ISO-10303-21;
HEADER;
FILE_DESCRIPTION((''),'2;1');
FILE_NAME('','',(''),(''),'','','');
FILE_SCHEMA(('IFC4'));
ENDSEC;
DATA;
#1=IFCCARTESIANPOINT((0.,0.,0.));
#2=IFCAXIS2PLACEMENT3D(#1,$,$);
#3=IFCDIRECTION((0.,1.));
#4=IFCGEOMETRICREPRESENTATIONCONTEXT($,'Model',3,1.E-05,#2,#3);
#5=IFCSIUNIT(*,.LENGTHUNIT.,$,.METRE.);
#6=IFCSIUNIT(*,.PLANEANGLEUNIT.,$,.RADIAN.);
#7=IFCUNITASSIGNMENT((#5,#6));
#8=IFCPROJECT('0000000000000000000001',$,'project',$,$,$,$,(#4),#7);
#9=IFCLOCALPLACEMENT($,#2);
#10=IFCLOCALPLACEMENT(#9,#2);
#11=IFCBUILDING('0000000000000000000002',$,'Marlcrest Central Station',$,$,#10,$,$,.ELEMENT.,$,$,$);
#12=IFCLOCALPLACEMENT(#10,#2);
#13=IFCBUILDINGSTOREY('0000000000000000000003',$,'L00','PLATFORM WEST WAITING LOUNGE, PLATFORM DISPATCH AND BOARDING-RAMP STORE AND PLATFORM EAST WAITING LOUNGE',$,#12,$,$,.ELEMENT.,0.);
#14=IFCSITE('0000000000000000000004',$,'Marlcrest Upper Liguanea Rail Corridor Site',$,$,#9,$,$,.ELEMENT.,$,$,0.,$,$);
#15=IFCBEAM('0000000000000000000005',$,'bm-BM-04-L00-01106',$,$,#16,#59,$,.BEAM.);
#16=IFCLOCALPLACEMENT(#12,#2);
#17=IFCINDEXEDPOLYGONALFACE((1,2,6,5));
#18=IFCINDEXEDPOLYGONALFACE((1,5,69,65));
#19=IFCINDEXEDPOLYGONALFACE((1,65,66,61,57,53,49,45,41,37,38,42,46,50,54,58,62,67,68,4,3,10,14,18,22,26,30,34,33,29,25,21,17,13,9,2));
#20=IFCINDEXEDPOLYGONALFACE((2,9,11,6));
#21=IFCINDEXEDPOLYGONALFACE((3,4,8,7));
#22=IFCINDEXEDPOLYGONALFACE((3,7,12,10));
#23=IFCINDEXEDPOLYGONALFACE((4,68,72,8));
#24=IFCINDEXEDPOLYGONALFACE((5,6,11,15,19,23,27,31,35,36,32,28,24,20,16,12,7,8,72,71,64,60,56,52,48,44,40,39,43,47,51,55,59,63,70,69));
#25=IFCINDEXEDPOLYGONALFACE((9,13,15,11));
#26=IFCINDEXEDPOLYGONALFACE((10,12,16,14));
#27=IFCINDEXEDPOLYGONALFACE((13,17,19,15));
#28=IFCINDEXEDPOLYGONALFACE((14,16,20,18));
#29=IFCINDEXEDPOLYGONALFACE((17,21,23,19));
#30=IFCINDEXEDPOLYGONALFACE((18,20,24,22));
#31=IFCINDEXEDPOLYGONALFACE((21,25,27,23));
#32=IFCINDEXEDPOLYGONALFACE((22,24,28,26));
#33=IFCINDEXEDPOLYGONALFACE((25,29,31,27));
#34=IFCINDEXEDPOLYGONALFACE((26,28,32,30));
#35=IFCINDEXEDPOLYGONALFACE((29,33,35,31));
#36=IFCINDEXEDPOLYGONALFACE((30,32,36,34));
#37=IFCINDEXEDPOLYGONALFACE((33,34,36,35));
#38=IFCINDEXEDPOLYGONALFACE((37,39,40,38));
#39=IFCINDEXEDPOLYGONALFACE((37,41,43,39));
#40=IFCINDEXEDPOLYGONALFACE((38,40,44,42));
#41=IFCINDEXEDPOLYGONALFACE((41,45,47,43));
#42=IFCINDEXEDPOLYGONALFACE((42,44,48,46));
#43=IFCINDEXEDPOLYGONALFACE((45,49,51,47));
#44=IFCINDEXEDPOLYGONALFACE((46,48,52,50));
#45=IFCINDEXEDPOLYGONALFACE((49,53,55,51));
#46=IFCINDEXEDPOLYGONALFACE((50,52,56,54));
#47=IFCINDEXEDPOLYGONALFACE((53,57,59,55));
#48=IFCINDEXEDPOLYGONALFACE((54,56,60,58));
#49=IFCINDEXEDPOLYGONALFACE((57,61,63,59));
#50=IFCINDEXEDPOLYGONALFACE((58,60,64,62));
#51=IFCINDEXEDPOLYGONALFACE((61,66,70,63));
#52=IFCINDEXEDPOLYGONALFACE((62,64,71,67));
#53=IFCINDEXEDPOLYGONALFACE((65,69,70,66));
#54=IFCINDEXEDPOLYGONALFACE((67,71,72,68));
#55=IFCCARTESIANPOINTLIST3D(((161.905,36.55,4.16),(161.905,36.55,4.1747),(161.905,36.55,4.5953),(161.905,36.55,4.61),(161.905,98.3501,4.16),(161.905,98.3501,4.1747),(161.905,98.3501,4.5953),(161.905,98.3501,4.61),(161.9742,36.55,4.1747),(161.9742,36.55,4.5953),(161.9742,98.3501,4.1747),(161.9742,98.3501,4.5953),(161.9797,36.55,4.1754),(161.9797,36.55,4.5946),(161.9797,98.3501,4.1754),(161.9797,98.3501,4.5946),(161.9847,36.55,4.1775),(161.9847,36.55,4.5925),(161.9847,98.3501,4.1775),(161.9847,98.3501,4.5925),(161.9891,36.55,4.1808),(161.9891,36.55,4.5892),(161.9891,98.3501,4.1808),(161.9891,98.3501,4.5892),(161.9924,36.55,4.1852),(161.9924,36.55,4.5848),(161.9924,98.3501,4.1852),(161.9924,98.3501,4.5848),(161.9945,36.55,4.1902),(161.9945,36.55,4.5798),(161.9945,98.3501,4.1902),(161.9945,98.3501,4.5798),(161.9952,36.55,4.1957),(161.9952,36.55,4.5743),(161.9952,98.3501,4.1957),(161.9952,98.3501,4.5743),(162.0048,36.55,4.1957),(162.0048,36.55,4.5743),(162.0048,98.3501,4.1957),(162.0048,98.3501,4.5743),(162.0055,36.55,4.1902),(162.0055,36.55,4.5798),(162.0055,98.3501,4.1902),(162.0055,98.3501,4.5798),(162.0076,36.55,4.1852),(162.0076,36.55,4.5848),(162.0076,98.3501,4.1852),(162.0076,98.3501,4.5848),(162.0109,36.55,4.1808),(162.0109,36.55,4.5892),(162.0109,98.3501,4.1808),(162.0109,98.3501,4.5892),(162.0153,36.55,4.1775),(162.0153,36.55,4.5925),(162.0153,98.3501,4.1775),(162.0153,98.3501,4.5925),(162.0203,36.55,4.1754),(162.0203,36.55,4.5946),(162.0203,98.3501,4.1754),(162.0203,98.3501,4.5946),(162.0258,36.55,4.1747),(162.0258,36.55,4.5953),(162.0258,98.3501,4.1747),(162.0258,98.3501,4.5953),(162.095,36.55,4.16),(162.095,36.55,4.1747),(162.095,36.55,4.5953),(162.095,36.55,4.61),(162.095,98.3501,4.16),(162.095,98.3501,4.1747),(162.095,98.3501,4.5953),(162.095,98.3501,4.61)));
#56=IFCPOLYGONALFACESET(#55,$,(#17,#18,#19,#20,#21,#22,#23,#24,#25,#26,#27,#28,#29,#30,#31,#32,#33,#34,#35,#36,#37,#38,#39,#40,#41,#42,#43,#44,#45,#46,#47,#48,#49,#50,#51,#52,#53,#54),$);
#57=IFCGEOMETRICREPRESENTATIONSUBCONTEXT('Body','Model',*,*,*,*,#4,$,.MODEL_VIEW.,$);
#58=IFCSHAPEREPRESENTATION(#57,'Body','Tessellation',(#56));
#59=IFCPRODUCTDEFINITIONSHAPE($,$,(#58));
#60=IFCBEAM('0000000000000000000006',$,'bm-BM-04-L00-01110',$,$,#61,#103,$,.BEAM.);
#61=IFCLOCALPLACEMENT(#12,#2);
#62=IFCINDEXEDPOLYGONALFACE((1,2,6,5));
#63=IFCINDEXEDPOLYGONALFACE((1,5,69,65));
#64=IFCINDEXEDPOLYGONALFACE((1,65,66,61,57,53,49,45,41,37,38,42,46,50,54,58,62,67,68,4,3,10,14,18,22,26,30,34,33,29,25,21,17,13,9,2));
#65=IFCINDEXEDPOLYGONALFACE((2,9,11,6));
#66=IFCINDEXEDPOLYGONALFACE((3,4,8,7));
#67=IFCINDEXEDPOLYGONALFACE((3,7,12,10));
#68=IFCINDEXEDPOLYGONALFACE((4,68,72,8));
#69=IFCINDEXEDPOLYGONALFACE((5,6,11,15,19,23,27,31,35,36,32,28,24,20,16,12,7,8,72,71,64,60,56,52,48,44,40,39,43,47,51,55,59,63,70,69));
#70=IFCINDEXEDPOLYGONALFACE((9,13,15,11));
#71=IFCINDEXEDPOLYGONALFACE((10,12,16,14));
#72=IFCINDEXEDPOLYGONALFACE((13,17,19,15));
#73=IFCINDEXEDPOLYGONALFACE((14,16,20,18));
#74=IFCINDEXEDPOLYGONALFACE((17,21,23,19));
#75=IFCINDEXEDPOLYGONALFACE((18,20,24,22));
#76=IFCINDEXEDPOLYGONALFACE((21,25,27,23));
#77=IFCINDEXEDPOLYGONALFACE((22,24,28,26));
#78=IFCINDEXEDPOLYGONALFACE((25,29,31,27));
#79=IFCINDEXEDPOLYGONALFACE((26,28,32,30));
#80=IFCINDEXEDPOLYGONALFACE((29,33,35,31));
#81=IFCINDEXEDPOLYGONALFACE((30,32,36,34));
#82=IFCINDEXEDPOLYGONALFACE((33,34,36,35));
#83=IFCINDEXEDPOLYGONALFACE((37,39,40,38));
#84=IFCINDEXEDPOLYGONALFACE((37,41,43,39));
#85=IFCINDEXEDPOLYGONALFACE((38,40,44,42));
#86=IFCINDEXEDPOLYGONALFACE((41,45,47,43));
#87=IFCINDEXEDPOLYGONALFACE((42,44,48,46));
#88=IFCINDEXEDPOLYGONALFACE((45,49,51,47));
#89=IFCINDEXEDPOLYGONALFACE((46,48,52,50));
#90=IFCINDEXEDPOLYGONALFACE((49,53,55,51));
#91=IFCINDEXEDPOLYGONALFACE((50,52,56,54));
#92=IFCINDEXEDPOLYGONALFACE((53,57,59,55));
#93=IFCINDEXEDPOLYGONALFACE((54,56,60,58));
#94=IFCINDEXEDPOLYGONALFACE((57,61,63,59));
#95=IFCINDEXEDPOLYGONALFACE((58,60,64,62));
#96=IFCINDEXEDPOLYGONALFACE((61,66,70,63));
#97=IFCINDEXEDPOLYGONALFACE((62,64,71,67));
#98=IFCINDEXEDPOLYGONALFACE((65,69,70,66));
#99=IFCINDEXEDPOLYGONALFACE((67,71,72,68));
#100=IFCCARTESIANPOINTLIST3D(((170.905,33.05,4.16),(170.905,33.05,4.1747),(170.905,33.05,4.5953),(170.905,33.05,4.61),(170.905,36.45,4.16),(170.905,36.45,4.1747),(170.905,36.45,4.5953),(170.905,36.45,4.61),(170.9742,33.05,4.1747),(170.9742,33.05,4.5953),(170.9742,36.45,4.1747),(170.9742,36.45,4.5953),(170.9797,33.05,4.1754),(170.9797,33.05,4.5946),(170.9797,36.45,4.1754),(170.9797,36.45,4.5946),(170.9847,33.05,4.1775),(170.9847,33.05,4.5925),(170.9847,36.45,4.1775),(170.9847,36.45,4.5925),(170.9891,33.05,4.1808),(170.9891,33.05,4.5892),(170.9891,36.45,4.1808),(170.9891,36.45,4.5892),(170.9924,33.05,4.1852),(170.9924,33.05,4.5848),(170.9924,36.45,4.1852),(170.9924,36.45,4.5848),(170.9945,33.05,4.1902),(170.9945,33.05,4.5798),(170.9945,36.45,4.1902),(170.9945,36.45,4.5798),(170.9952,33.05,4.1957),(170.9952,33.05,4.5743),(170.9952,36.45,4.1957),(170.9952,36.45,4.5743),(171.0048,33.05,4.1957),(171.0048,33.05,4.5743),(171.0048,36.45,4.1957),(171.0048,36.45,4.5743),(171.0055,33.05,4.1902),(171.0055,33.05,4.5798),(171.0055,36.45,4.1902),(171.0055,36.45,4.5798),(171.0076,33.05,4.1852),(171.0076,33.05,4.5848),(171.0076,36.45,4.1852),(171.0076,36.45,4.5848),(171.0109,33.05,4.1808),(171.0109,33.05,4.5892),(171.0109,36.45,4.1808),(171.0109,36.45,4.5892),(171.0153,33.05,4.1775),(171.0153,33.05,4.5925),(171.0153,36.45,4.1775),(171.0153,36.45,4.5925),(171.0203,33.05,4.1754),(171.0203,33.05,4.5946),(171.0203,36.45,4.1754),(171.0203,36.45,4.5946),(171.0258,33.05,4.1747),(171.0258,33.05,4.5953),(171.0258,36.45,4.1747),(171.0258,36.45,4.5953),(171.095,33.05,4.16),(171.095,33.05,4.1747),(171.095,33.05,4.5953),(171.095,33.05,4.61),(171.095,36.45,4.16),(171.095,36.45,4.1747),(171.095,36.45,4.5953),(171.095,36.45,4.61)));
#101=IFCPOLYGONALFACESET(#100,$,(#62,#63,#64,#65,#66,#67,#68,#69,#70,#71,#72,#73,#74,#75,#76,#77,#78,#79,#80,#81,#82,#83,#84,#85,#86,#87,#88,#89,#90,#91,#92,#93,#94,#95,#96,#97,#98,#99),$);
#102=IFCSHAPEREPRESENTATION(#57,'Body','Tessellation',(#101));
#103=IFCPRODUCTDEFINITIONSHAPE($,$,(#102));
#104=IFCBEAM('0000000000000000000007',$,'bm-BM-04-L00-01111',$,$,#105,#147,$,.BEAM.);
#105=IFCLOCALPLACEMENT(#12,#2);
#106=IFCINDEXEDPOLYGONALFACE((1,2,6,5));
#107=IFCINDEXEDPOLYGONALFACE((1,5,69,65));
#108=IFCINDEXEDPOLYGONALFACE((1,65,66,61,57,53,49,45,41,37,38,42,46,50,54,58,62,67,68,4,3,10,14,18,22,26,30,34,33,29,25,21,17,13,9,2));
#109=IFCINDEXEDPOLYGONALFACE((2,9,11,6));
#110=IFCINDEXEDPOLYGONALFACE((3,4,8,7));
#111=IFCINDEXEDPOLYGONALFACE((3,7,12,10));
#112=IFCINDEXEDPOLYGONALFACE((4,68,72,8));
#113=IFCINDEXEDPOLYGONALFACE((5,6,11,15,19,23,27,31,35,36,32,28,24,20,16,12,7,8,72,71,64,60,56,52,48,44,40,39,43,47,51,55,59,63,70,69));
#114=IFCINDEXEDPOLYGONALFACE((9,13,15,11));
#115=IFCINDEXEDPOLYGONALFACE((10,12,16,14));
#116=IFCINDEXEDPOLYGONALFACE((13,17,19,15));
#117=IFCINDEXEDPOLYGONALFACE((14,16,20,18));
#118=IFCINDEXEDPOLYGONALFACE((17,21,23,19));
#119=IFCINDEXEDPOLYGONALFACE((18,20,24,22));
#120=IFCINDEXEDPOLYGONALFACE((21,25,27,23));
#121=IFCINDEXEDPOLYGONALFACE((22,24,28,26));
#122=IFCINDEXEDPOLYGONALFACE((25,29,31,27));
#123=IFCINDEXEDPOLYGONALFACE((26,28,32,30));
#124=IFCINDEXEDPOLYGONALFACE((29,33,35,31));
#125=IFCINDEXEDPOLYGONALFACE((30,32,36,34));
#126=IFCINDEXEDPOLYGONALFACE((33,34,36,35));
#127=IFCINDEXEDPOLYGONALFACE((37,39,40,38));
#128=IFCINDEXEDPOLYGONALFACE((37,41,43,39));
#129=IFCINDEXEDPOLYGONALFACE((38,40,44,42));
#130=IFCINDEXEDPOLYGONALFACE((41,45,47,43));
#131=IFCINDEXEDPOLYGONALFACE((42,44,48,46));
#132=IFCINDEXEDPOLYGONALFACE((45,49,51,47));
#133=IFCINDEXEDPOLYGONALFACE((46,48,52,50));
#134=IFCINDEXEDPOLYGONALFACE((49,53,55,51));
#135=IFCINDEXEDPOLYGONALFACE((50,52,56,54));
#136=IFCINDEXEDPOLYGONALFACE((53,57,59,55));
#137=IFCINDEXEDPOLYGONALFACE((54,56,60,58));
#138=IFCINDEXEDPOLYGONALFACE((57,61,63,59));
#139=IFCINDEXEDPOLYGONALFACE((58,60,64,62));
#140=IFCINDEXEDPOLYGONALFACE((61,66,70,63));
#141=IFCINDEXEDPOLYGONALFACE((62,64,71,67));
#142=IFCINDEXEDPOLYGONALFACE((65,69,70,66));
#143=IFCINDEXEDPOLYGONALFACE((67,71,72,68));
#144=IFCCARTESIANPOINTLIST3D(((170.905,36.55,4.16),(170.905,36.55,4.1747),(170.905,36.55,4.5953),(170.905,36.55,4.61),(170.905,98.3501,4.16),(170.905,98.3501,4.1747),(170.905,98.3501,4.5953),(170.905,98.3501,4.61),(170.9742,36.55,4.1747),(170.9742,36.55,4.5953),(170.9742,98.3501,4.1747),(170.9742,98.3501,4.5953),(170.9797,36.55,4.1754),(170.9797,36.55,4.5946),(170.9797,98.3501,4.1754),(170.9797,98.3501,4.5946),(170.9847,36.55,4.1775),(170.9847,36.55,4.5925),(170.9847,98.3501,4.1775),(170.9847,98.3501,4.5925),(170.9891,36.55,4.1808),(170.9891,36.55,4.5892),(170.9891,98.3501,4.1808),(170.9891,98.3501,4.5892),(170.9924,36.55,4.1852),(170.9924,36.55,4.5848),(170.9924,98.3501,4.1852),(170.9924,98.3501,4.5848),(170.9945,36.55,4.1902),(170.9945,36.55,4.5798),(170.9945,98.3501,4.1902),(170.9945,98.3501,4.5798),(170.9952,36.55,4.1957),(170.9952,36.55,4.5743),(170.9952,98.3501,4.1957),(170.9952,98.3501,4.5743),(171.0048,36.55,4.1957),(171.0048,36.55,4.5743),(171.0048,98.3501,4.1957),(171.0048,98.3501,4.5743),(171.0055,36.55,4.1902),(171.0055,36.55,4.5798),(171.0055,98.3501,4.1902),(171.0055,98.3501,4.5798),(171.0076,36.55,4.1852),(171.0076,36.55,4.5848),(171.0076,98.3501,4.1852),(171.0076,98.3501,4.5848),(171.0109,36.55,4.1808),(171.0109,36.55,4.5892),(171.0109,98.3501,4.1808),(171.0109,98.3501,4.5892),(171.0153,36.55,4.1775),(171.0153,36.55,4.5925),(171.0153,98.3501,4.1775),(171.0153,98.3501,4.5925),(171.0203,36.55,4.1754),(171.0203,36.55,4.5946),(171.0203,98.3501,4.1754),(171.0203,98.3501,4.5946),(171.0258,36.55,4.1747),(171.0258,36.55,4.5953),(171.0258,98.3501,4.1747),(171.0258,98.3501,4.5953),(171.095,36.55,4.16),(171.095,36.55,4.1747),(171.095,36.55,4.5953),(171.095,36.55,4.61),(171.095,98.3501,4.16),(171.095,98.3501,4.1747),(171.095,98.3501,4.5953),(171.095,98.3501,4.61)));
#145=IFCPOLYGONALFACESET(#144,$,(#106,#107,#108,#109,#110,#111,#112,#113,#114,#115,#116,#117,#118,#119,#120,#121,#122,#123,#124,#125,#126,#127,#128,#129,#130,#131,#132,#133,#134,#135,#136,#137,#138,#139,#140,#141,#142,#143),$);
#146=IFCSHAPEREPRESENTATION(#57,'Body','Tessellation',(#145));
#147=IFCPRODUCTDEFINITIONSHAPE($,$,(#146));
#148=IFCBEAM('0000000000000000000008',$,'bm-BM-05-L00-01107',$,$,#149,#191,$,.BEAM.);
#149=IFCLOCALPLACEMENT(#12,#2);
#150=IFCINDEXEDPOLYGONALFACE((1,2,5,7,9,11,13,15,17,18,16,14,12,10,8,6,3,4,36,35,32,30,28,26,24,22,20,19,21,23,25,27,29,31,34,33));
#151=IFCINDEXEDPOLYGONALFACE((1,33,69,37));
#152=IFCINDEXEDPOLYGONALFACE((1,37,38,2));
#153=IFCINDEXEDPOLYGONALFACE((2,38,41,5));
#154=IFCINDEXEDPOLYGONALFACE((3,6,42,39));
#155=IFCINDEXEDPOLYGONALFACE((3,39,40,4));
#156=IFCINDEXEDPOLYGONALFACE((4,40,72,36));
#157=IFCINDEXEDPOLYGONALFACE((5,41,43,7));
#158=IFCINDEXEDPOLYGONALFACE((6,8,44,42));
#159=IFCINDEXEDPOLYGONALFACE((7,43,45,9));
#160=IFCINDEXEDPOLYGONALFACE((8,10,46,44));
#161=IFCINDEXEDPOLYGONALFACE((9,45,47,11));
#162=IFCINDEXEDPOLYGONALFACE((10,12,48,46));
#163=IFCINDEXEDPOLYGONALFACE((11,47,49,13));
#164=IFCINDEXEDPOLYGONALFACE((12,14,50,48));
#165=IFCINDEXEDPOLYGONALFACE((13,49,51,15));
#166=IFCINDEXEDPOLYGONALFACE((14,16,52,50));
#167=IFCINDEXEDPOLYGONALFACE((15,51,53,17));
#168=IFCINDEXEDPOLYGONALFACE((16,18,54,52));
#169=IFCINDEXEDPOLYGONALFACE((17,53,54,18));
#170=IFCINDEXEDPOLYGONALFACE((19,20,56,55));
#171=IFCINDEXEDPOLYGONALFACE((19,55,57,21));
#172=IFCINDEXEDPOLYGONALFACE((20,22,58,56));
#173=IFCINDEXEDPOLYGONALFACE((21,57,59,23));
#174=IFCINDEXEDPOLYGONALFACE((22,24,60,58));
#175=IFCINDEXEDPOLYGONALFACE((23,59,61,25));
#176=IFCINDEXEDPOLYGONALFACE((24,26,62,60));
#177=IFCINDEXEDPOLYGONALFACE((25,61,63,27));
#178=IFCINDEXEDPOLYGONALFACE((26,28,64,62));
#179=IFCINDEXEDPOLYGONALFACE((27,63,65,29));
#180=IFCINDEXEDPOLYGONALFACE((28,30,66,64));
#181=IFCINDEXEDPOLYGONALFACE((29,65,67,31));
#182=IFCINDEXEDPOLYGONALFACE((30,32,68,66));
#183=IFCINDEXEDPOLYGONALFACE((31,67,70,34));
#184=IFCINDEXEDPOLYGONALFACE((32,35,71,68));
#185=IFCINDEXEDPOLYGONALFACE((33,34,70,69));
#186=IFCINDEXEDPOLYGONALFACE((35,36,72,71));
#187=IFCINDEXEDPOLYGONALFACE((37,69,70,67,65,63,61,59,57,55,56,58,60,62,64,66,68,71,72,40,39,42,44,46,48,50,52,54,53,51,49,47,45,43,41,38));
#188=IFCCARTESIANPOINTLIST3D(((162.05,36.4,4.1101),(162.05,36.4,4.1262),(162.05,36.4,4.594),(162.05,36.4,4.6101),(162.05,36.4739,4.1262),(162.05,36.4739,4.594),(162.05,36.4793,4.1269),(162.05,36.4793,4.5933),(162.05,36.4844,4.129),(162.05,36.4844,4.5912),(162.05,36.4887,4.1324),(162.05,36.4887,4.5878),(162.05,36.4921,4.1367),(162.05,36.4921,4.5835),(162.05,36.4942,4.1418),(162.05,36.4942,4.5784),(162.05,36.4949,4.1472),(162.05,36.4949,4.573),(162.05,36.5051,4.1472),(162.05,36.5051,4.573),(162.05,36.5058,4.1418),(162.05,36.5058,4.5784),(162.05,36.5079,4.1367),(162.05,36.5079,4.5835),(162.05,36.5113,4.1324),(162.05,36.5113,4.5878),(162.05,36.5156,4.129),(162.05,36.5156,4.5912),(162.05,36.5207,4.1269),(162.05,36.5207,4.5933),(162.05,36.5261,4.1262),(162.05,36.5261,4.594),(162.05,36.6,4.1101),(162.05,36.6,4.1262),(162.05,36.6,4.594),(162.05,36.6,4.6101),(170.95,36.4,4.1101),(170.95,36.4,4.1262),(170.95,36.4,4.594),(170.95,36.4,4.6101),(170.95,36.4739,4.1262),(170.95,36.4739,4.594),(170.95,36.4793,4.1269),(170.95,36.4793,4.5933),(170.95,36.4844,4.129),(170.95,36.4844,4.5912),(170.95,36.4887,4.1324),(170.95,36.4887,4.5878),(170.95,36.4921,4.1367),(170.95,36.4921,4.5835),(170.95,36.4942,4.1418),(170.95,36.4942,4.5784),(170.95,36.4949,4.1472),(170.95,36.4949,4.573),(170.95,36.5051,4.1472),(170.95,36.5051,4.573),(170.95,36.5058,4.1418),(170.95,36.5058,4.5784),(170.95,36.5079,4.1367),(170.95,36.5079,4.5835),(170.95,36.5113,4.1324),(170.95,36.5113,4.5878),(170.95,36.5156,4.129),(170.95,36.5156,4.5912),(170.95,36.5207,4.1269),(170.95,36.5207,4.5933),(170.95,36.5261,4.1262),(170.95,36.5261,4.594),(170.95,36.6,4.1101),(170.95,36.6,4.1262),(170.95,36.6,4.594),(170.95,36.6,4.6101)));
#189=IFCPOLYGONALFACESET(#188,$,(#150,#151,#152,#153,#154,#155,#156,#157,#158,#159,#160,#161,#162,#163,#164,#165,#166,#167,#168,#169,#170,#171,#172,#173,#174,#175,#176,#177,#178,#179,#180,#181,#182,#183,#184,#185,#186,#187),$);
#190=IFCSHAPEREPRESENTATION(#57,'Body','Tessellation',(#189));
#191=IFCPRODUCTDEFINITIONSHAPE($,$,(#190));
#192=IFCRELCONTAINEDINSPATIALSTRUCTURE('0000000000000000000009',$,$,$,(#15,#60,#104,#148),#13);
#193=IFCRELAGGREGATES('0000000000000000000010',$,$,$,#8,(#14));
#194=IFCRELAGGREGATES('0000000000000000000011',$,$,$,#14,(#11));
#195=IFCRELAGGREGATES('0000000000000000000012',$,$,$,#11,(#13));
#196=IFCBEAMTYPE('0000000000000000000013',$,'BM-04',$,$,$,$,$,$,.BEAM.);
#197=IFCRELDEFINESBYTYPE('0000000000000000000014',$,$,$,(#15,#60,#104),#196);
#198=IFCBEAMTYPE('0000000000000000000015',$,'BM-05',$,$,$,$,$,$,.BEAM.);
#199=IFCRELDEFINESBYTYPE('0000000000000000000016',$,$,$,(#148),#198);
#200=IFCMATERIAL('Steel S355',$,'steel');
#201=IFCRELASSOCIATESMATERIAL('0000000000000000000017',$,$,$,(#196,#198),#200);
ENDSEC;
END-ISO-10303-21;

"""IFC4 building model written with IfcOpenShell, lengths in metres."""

from ifc_helpers import new_model, si_unit, direction, frame, origin, origin_2d, place, context, subcontext, project, spatial, i_section, extrude, material, material_profile, profile_set, type_object, element, save


model = new_model("IFC4")

# Units and contexts
model_context = context("Model", 3, precision=1e-05, world=origin(), true_north=direction((0.0, 1.0)))
body_context = subcontext(model_context, "Body", "Model", "MODEL_VIEW")
ifc_project = project(units=[si_unit("LENGTHUNIT", "METRE"), si_unit("PLANEANGLEUNIT", "RADIAN")], contexts=[model_context])

# Site, building, storey
site_placement = place(None, origin())
site = spatial("IfcSite", under=ifc_project, at=site_placement, Name="Marlcrest Upper Liguanea Rail Corridor Site", CompositionType="ELEMENT", RefElevation=0.0)
building_placement = place(site_placement, origin())
building = spatial("IfcBuilding", under=site, at=building_placement, Name="Marlcrest Central Station", CompositionType="ELEMENT")
storey_placement = place(building_placement, origin())
storey = spatial("IfcBuildingStorey", under=building, at=storey_placement, Name="L00", Description="PLATFORM WEST WAITING LOUNGE, PLATFORM DISPATCH AND BOARDING-RAMP STORE AND PLATFORM EAST WAITING LOUNGE", CompositionType="ELEMENT", Elevation=0.0)

# Beams
ifc_material_1 = material(Name="Steel S355", Category="steel")
ifc_material_profile_1 = material_profile(ifc_material_1, i_section(OverallWidth=0.1899, OverallDepth=0.45, WebThickness=0.0095, FlangeThickness=0.0146, FilletRadius=0.021, at=origin_2d()), Name="IPE 450")
ifc_profile_set_1 = profile_set([ifc_material_profile_1], Name="Steel S355")
beam_type_1 = type_object("IfcBeamType", Name="BM-04", PredefinedType="BEAM", material=ifc_profile_set_1)
beam_1_placement = place(storey_placement, frame((162.0, 36.55, 4.385), z_axis=(0.0, 1.0, 0.0), x_axis=(-1.0, 0.0, 0.0)))
element("IfcBeam", 1, at=beam_1_placement, inside=storey, type_object=beam_type_1, Name="bm-BM-04-L00-01106", PredefinedType="BEAM", context=body_context, shape_type="SweptSolid", body=[
    extrude(i_section(OverallWidth=0.1899, OverallDepth=0.45, WebThickness=0.0095, FlangeThickness=0.0146, FilletRadius=0.021, at=origin_2d()), origin(), (0.0, 0.0, 1.0), 61.8),
])
beam_2_placement = place(storey_placement, frame((171.0, 33.05, 4.385), z_axis=(0.0, 1.0, 0.0), x_axis=(-1.0, 0.0, 0.0)))
element("IfcBeam", 2, at=beam_2_placement, inside=storey, type_object=beam_type_1, Name="bm-BM-04-L00-01110", PredefinedType="BEAM", context=body_context, shape_type="SweptSolid", body=[
    extrude(i_section(OverallWidth=0.1899, OverallDepth=0.45, WebThickness=0.0095, FlangeThickness=0.0146, FilletRadius=0.021, at=origin_2d()), origin(), (0.0, 0.0, 1.0), 3.3999),
])
beam_3_placement = place(storey_placement, frame((171.0, 36.55, 4.385), z_axis=(0.0, 1.0, 0.0), x_axis=(-1.0, 0.0, 0.0)))
element("IfcBeam", 3, at=beam_3_placement, inside=storey, type_object=beam_type_1, Name="bm-BM-04-L00-01111", PredefinedType="BEAM", context=body_context, shape_type="SweptSolid", body=[
    extrude(i_section(OverallWidth=0.1899, OverallDepth=0.45, WebThickness=0.0095, FlangeThickness=0.0146, FilletRadius=0.021, at=origin_2d()), origin(), (0.0, 0.0, 1.0), 61.8),
])
ifc_material_profile_2 = material_profile(ifc_material_1, i_section(OverallWidth=0.2, OverallDepth=0.5, WebThickness=0.0103, FlangeThickness=0.0161, FilletRadius=0.021, at=origin_2d()), Name="IPE 500")
ifc_profile_set_2 = profile_set([ifc_material_profile_2], Name="Steel S355")
beam_type_2 = type_object("IfcBeamType", Name="BM-05", PredefinedType="BEAM", material=ifc_profile_set_2)
for number, where, z_axis, x_axis, name in (
    (4, (162.05, 36.5, 4.3601), (1.0, 0.0, 0.0), (0.0, 1.0, 0.0), "bm-BM-05-L00-01107"),
):
    element("IfcBeam", number, at=place(storey_placement, frame(where, z_axis=z_axis, x_axis=x_axis)), inside=storey, type_object=beam_type_2, Name=name, PredefinedType="BEAM", context=body_context, shape_type="SweptSolid", body=[
        extrude(i_section(OverallWidth=0.2, OverallDepth=0.5, WebThickness=0.0103, FlangeThickness=0.0161, FilletRadius=0.021, at=origin_2d()), origin(), (0.0, 0.0, 1.0), 8.8999),
    ])

save(model, "model.ifc")
